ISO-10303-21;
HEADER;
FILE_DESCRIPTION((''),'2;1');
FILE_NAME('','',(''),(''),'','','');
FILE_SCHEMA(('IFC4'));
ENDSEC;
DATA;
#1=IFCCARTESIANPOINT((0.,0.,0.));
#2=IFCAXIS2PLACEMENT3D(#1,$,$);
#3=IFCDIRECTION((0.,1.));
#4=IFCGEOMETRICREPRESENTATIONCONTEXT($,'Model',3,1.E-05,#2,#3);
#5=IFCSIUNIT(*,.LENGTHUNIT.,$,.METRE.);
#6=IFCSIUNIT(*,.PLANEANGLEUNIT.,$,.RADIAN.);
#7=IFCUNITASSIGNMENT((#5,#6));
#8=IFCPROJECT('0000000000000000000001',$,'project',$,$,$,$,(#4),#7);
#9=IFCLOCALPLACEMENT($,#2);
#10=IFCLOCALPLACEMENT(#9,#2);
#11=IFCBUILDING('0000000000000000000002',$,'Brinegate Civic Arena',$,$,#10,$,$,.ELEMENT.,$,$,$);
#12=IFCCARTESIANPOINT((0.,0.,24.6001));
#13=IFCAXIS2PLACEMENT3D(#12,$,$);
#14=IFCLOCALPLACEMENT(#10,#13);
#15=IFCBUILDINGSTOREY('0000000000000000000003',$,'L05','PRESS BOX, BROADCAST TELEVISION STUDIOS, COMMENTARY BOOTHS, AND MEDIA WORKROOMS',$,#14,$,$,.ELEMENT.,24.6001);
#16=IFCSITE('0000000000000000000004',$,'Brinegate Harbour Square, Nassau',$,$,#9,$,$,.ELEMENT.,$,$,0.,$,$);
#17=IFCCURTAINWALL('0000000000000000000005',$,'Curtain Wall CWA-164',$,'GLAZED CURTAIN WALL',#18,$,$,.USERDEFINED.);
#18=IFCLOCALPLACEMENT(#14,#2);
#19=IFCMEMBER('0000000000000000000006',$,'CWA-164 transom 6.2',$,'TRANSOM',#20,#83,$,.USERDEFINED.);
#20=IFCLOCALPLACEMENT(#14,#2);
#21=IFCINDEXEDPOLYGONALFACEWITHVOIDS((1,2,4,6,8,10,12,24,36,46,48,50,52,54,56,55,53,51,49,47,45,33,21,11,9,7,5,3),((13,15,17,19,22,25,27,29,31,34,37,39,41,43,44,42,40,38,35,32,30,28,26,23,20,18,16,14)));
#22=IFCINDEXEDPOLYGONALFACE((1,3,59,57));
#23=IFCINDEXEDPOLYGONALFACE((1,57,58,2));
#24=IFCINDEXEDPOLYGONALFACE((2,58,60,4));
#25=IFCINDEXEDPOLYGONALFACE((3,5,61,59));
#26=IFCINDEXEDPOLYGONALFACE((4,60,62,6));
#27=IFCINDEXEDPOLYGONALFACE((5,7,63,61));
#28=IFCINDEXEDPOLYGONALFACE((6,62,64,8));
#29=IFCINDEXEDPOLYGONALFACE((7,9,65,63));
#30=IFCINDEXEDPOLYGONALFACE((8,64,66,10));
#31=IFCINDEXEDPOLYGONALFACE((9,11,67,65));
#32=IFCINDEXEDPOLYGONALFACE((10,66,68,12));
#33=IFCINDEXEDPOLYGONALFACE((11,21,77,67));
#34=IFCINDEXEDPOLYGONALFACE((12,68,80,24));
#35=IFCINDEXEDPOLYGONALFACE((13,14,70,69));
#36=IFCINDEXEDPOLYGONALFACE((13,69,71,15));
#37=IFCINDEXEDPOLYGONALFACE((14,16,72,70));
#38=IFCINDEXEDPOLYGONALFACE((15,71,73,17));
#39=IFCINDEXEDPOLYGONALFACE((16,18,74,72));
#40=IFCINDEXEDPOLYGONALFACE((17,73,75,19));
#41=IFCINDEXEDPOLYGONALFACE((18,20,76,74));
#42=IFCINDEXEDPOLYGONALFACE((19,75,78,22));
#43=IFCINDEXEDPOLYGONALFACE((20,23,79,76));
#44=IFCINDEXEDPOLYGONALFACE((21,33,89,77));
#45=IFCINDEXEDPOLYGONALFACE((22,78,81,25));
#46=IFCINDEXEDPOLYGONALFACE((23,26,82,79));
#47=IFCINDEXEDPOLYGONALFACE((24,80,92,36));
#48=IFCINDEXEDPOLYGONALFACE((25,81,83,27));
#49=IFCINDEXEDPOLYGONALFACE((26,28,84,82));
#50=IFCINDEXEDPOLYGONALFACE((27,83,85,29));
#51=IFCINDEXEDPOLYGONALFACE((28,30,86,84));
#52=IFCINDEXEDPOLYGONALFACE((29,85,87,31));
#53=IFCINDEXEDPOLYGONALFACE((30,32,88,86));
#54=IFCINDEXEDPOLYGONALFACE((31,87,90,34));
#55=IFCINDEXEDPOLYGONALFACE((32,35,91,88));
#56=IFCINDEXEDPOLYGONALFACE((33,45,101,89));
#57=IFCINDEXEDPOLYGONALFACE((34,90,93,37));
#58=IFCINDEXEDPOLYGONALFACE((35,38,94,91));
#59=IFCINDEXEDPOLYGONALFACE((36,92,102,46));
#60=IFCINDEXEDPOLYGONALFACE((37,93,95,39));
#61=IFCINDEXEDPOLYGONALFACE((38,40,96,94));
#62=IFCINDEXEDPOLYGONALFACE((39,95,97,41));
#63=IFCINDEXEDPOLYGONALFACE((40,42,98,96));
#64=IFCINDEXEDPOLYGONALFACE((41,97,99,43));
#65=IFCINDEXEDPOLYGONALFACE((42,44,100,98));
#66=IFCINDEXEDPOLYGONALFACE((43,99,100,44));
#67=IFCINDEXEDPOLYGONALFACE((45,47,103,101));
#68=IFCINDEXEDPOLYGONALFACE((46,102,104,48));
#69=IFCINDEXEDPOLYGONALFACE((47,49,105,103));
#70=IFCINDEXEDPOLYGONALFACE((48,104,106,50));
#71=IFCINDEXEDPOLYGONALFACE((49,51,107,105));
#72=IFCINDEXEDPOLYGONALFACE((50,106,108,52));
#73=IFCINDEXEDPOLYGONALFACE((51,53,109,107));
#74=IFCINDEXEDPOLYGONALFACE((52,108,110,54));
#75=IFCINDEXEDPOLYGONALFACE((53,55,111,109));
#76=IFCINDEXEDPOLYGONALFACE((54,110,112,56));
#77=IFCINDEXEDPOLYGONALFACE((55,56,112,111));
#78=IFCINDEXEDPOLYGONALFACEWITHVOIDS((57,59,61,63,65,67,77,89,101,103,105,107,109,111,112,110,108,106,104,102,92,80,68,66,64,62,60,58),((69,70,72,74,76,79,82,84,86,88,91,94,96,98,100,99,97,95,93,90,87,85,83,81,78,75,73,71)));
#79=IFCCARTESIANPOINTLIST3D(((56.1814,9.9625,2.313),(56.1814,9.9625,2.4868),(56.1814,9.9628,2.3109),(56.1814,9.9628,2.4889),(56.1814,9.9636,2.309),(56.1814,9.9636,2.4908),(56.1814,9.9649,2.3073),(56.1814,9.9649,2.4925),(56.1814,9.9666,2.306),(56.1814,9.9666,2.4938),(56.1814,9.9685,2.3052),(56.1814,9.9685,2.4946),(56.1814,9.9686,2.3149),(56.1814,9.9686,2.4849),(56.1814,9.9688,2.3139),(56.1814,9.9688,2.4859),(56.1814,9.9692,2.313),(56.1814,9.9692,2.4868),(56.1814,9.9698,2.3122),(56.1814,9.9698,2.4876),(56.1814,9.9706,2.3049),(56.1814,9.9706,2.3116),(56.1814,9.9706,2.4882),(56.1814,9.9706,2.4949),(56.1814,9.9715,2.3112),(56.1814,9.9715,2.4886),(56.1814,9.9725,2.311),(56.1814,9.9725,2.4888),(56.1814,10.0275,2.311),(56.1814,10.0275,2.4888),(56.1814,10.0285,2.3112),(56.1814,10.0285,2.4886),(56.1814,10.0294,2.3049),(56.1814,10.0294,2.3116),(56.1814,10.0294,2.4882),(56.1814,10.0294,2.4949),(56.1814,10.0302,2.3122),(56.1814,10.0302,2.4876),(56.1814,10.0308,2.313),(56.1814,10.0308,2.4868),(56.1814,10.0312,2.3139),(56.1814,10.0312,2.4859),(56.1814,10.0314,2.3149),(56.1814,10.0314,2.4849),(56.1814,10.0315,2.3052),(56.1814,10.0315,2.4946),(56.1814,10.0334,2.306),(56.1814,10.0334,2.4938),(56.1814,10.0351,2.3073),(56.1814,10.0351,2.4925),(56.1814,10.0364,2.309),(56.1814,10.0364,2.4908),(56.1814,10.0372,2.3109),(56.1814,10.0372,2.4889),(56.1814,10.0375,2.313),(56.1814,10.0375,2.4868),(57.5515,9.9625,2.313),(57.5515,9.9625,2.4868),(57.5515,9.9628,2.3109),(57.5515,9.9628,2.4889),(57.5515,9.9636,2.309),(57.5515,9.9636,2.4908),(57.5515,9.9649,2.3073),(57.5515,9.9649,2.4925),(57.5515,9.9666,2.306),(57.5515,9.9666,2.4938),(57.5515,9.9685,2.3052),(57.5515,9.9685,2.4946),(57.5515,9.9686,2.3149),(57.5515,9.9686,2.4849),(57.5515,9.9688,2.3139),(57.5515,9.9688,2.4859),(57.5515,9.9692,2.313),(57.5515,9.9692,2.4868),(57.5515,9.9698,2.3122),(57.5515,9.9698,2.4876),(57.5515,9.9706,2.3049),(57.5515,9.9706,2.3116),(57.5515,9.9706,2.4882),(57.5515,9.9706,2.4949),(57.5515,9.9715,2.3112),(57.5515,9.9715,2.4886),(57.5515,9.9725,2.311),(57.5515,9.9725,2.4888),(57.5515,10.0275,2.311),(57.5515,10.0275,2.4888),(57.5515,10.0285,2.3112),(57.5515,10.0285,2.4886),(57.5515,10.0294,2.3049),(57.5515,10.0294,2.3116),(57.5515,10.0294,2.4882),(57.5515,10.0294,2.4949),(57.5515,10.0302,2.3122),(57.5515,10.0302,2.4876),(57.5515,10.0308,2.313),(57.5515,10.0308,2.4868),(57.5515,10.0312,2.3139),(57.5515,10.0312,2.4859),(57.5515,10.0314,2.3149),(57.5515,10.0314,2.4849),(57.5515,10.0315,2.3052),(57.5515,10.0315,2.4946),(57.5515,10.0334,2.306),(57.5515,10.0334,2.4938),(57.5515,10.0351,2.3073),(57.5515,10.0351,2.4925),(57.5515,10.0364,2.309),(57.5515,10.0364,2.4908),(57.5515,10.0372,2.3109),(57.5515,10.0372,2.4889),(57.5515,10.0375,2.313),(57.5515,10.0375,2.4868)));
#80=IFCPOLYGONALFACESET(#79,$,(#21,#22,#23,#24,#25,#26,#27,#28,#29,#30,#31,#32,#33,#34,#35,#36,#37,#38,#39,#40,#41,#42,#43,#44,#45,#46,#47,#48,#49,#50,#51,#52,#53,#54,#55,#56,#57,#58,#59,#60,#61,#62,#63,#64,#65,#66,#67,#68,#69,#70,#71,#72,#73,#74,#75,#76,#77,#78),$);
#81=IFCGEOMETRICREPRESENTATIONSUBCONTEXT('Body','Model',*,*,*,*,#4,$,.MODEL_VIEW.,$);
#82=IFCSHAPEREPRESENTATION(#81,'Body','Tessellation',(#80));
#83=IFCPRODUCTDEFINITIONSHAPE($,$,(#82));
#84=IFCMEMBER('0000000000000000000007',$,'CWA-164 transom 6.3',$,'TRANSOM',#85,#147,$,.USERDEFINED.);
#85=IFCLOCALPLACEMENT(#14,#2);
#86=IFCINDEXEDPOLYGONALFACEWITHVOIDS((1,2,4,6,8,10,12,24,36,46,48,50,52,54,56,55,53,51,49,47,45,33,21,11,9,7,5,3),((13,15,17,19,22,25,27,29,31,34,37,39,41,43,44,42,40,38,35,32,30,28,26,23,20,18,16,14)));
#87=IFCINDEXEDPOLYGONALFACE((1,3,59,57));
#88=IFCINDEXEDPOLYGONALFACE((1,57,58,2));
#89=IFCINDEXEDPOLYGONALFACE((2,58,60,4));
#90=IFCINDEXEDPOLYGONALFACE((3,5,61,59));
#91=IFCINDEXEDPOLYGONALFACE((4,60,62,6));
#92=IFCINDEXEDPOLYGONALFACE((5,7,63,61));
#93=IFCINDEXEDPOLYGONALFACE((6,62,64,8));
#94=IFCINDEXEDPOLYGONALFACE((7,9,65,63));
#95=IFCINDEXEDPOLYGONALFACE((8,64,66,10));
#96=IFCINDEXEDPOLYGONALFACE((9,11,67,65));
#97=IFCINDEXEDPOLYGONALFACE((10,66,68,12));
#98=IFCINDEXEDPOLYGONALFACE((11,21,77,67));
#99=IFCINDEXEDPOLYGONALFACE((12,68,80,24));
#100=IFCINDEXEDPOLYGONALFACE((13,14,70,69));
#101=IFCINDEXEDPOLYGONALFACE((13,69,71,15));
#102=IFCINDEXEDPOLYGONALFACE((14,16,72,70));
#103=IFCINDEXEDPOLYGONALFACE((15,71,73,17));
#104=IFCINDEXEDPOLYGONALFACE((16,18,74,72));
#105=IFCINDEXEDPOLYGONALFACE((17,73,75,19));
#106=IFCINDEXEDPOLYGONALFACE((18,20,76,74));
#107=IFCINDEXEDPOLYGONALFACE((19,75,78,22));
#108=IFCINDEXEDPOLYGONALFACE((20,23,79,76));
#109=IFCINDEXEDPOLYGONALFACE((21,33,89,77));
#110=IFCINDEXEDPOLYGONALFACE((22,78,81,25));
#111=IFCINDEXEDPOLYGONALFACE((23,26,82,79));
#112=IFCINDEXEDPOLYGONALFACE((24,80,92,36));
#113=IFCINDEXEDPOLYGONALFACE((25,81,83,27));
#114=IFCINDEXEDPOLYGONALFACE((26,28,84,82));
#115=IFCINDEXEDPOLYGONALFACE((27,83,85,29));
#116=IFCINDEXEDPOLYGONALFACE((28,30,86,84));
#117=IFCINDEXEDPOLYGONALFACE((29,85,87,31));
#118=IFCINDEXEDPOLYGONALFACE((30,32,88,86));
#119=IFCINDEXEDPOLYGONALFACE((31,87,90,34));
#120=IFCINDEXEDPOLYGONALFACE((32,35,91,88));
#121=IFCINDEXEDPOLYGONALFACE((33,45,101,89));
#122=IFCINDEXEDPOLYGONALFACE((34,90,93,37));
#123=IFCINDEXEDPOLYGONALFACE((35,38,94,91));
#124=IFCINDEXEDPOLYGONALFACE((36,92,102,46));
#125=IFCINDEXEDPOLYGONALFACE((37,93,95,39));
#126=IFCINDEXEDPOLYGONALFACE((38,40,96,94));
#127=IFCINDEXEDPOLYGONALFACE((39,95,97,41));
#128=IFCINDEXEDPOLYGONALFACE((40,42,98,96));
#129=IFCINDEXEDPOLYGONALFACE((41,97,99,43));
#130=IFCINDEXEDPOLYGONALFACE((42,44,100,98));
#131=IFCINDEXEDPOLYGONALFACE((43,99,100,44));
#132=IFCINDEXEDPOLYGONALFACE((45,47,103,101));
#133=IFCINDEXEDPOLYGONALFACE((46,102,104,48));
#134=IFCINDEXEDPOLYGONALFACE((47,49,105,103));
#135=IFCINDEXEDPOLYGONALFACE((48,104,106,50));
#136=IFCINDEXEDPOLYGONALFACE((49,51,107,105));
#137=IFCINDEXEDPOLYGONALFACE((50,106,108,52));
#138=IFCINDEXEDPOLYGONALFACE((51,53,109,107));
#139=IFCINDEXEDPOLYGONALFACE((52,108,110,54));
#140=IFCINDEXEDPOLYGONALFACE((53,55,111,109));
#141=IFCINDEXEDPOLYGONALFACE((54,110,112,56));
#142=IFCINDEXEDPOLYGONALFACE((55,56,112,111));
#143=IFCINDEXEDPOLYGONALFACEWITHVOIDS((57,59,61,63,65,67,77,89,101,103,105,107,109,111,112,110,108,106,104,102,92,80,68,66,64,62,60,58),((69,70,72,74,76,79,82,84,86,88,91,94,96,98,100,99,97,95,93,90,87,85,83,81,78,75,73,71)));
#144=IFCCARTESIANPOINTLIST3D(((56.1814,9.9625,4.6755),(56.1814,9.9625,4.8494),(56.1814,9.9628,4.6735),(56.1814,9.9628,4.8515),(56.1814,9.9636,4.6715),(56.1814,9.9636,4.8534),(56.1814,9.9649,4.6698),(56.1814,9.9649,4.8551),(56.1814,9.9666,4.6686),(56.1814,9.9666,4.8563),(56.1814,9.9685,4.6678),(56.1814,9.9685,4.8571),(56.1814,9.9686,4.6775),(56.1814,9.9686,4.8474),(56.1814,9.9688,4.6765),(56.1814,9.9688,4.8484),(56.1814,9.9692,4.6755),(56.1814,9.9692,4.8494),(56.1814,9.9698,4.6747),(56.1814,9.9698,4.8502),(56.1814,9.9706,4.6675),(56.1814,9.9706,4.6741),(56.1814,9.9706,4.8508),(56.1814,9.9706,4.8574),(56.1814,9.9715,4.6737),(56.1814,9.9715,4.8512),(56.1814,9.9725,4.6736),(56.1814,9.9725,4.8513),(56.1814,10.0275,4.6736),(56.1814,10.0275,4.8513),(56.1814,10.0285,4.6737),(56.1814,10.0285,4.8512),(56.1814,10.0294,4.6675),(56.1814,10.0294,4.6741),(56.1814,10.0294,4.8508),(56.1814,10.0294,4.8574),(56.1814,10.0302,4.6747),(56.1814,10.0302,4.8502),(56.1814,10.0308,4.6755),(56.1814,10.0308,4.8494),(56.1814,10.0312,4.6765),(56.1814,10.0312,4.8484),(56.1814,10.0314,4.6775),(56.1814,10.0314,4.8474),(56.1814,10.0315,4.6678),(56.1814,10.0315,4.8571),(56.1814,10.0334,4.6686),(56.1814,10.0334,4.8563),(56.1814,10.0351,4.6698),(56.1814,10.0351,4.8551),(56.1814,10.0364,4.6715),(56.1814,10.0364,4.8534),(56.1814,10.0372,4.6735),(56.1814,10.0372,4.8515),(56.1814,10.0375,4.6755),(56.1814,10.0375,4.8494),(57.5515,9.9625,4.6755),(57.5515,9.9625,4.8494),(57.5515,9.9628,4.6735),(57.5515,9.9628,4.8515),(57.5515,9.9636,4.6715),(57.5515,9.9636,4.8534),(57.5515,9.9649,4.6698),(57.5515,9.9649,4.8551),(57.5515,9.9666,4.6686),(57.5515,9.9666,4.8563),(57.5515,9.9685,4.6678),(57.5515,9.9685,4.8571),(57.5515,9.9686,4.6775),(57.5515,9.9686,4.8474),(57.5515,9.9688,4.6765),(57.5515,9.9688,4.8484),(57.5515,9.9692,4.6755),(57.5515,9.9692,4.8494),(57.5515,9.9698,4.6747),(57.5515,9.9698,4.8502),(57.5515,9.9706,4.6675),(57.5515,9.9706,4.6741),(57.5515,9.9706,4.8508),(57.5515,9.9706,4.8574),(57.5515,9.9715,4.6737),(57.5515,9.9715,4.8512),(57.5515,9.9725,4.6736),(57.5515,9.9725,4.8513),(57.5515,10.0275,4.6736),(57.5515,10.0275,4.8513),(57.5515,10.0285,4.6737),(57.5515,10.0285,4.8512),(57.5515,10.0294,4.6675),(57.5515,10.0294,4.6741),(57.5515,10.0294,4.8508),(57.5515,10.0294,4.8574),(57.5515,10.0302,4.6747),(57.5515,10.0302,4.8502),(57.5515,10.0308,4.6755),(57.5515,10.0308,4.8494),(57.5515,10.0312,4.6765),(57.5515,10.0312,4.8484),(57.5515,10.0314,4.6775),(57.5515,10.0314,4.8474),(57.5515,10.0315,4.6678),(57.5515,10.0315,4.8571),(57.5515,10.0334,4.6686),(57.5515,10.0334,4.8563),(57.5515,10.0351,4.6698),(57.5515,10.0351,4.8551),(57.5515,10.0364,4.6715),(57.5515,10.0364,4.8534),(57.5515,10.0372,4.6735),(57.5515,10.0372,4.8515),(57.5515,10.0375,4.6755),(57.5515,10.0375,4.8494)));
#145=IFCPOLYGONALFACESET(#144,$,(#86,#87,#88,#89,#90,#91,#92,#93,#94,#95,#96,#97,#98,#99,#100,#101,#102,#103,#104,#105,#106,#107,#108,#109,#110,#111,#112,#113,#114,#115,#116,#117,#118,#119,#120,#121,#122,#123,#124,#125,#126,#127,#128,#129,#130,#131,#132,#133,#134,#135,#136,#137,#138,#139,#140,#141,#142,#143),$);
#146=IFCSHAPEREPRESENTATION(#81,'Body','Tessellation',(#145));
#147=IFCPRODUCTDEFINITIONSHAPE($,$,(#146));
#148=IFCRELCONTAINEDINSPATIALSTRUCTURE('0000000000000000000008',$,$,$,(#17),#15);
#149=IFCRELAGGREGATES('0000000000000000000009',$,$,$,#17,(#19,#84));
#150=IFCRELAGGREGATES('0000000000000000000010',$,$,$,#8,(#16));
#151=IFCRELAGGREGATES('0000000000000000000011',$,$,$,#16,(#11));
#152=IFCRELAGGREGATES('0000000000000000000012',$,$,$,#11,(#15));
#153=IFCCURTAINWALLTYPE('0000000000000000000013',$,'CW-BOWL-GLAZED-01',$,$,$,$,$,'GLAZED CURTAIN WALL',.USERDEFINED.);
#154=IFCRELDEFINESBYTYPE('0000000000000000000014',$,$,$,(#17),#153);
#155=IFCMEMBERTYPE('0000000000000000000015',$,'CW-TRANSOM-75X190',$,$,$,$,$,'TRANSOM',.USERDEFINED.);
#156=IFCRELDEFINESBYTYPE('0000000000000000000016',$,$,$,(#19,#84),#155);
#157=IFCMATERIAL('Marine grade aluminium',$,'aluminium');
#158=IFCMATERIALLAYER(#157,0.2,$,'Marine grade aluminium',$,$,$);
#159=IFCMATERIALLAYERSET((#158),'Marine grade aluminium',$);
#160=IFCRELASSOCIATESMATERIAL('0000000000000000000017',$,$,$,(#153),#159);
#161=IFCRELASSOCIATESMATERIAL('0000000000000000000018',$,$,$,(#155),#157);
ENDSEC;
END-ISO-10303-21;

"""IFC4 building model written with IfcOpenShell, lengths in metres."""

from ifc_helpers import new_model, si_unit, direction, frame, origin, origin_2d, place, context, subcontext, project, spatial, hollow_rectangle, extrude, material, layer, layer_set, material_profile, profile_set, type_object, element, aggregate, save


model = new_model("IFC4")

# Units and contexts
model_context = context("Model", 3, precision=1e-05, world=origin(), true_north=direction((0.0, 1.0)))
body_context = subcontext(model_context, "Body", "Model", "MODEL_VIEW")
ifc_project = project(units=[si_unit("LENGTHUNIT", "METRE"), si_unit("PLANEANGLEUNIT", "RADIAN")], contexts=[model_context])

# Site, building, storey
site_placement = place(None, origin())
site = spatial("IfcSite", under=ifc_project, at=site_placement, Name="Brinegate Harbour Square, Nassau", CompositionType="ELEMENT", RefElevation=0.0)
building_placement = place(site_placement, origin())
building = spatial("IfcBuilding", under=site, at=building_placement, Name="Brinegate Civic Arena", CompositionType="ELEMENT")
storey_placement = place(building_placement, frame((0.0, 0.0, 24.6001)))
storey = spatial("IfcBuildingStorey", under=building, at=storey_placement, Name="L05", Description="PRESS BOX, BROADCAST TELEVISION STUDIOS, COMMENTARY BOOTHS, AND MEDIA WORKROOMS", CompositionType="ELEMENT", Elevation=24.6001)

# Curtain wall
ifc_material_1 = material(Name="Marine grade aluminium", Category="aluminium")
ifc_layer_1 = layer(ifc_material_1, 0.2, Name="Marine grade aluminium")
ifc_layer_set_1 = layer_set([ifc_layer_1], Name="Marine grade aluminium")
curtain_wall_type = type_object("IfcCurtainWallType", Name="CW-BOWL-GLAZED-01", ElementType="GLAZED CURTAIN WALL", PredefinedType="USERDEFINED", material=ifc_layer_set_1)
curtain_wall_1_placement = place(storey_placement, origin())
curtain_wall_1 = element("IfcCurtainWall", 1, at=curtain_wall_1_placement, inside=storey, type_object=curtain_wall_type, Name="Curtain Wall CWA-164", ObjectType="GLAZED CURTAIN WALL", PredefinedType="USERDEFINED")

# Members
ifc_material_profile_1 = material_profile(ifc_material_1, hollow_rectangle(XDim=0.075, YDim=0.1899, WallThickness=0.0061, InnerFilletRadius=0.0039, OuterFilletRadius=0.0081, at=origin_2d()), Name="TRN75X190")
ifc_profile_set_1 = profile_set([ifc_material_profile_1], Name="Marine grade aluminium")
member_type_1 = type_object("IfcMemberType", Name="CW-TRANSOM-75X190", ElementType="TRANSOM", PredefinedType="USERDEFINED", material=ifc_profile_set_1)
member_1_placement = place(storey_placement, frame((56.1814, 10.0, 2.3999), z_axis=(1.0, 0.0, 0.0), x_axis=(0.0, 1.0, 0.0)))
member_1 = element("IfcMember", 2, at=member_1_placement, type_object=member_type_1, Name="CWA-164 transom 6.2", ObjectType="TRANSOM", PredefinedType="USERDEFINED", context=body_context, shape_type="SweptSolid", body=[
    extrude(hollow_rectangle(XDim=0.075, YDim=0.1899, WallThickness=0.0061, InnerFilletRadius=0.0039, OuterFilletRadius=0.0081, at=origin_2d()), origin(), (0.0, 0.0, 1.0), 1.3701),
])
member_2_placement = place(storey_placement, frame((56.1814, 10.0, 4.7625), z_axis=(1.0, 0.0, 0.0), x_axis=(0.0, 1.0, 0.0)))
member_2 = element("IfcMember", 3, at=member_2_placement, type_object=member_type_1, Name="CWA-164 transom 6.3", ObjectType="TRANSOM", PredefinedType="USERDEFINED", context=body_context, shape_type="SweptSolid", body=[
    extrude(hollow_rectangle(XDim=0.075, YDim=0.1899, WallThickness=0.0061, InnerFilletRadius=0.0039, OuterFilletRadius=0.0081, at=origin_2d()), origin(), (0.0, 0.0, 1.0), 1.3701),
])

aggregate(curtain_wall_1, [member_1, member_2])

save(model, "model.ifc")
